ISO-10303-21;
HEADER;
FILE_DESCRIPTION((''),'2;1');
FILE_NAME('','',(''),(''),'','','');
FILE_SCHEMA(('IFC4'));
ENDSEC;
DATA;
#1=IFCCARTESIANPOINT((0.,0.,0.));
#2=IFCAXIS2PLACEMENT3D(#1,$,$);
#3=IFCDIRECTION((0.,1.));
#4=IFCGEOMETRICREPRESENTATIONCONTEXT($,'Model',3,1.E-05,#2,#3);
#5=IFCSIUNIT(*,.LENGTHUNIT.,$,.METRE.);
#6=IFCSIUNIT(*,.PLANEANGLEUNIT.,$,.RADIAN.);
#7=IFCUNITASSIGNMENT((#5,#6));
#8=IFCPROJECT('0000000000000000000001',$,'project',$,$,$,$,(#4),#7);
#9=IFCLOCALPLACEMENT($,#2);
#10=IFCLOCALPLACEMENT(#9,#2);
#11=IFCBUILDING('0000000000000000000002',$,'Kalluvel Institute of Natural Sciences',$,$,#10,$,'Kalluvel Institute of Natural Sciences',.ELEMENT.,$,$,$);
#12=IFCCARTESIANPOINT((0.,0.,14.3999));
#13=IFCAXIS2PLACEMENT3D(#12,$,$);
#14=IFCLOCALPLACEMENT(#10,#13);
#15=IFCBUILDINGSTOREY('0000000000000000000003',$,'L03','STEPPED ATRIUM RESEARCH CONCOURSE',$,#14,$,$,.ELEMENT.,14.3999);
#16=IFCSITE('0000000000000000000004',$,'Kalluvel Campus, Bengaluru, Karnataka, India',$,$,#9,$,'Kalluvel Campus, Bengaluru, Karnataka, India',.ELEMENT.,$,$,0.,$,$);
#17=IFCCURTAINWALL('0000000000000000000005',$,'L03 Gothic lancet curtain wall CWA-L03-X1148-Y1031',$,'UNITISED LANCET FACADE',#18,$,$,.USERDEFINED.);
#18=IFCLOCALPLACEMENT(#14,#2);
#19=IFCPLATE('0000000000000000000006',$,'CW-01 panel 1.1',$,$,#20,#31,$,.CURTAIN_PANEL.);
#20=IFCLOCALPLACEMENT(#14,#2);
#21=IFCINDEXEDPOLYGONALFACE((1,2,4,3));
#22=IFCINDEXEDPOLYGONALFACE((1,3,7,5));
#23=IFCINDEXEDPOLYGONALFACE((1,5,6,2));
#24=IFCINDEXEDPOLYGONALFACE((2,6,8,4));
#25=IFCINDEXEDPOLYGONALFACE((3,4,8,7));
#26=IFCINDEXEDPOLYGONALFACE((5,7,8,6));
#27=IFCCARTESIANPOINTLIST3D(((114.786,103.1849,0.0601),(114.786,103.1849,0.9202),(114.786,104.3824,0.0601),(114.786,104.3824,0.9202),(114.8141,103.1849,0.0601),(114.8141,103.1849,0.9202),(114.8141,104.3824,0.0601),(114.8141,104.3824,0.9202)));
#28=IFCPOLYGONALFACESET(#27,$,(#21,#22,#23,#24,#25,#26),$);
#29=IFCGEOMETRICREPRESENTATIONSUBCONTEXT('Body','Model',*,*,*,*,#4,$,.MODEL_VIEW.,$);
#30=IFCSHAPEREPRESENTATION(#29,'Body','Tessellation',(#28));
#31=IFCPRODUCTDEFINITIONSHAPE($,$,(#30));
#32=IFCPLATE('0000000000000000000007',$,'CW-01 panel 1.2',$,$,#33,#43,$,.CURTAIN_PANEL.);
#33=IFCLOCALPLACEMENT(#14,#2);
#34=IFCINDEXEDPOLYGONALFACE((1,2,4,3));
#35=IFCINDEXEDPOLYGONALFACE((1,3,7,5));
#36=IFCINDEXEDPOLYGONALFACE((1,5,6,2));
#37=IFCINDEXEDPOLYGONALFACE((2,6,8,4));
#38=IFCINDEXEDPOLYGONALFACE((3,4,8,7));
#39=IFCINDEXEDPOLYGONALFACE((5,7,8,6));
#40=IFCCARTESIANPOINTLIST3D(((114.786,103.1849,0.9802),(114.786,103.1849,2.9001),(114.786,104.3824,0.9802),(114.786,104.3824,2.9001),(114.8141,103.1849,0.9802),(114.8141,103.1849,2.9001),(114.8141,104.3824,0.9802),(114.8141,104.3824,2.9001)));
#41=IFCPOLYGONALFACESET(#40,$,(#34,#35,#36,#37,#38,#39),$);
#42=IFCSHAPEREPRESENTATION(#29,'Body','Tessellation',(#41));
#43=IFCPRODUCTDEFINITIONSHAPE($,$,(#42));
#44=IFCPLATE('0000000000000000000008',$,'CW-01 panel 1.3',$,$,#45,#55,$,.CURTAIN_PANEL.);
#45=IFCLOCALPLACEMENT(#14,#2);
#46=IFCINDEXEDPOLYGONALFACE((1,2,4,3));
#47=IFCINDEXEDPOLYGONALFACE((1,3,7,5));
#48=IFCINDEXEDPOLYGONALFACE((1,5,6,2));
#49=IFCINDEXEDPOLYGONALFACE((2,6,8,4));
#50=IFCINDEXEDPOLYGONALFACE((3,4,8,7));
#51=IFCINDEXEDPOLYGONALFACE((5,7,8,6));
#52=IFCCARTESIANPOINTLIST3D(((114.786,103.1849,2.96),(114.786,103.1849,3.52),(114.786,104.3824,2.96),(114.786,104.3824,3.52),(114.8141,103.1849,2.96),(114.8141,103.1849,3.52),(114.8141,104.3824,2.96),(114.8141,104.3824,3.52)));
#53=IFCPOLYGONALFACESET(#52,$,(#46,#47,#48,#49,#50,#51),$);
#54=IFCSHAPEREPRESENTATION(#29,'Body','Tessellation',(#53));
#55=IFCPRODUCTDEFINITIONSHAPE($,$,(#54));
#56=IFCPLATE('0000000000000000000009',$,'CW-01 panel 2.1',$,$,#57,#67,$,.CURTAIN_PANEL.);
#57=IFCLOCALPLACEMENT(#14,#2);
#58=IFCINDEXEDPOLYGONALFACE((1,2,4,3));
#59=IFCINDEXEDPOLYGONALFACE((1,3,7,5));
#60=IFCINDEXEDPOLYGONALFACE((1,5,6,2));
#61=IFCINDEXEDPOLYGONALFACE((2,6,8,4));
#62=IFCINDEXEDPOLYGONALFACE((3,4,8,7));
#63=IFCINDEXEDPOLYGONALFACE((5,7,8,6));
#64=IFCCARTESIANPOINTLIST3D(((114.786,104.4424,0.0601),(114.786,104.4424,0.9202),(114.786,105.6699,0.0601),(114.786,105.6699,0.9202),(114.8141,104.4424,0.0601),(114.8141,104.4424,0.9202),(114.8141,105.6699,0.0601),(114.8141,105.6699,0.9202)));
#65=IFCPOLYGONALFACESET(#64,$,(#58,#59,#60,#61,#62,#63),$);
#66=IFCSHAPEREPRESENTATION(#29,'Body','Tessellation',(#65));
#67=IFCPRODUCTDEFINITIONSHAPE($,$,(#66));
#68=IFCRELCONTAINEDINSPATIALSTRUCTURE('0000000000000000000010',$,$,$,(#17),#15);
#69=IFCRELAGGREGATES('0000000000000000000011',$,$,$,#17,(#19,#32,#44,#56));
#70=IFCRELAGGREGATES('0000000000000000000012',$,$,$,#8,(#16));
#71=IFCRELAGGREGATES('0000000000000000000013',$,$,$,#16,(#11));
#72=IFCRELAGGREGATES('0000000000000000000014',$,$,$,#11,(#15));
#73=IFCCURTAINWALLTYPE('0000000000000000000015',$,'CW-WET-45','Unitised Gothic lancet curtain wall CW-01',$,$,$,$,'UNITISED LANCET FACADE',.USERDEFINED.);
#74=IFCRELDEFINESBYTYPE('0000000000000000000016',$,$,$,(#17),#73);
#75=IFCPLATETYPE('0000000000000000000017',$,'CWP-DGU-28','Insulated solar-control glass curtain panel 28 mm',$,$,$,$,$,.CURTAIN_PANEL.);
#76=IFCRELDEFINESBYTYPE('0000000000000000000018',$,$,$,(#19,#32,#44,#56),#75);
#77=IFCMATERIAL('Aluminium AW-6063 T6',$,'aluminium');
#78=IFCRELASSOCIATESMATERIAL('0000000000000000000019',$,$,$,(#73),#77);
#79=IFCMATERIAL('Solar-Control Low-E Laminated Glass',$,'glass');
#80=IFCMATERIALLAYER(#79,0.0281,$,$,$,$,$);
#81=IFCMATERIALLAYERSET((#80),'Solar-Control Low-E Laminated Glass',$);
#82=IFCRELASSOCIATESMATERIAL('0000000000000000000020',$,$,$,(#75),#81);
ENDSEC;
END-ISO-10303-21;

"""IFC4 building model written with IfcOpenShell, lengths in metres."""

from ifc_helpers import new_model, si_unit, direction, frame, origin, origin_2d, place, context, subcontext, project, spatial, rectangle, extrude, material, layer, layer_set, type_object, element, aggregate, save


model = new_model("IFC4")

# Units and contexts
model_context = context("Model", 3, precision=1e-05, world=origin(), true_north=direction((0.0, 1.0)))
body_context = subcontext(model_context, "Body", "Model", "MODEL_VIEW")
ifc_project = project(units=[si_unit("LENGTHUNIT", "METRE"), si_unit("PLANEANGLEUNIT", "RADIAN")], contexts=[model_context])

# Site, building, storey
site_placement = place(None, origin())
site = spatial("IfcSite", under=ifc_project, at=site_placement, Name="Kalluvel Campus, Bengaluru, Karnataka, India", LongName="Kalluvel Campus, Bengaluru, Karnataka, India", CompositionType="ELEMENT", RefElevation=0.0)
building_placement = place(site_placement, origin())
building = spatial("IfcBuilding", under=site, at=building_placement, Name="Kalluvel Institute of Natural Sciences", LongName="Kalluvel Institute of Natural Sciences", CompositionType="ELEMENT")
storey_placement = place(building_placement, frame((0.0, 0.0, 14.3999)))
storey = spatial("IfcBuildingStorey", under=building, at=storey_placement, Name="L03", Description="STEPPED ATRIUM RESEARCH CONCOURSE", CompositionType="ELEMENT", Elevation=14.3999)

# Curtain wall
ifc_material_1 = material(Name="Aluminium AW-6063 T6", Category="aluminium")
curtain_wall_type = type_object("IfcCurtainWallType", Name="CW-WET-45", Description="Unitised Gothic lancet curtain wall CW-01", ElementType="UNITISED LANCET FACADE", PredefinedType="USERDEFINED", material=ifc_material_1)
curtain_wall_1_placement = place(storey_placement, origin())
curtain_wall_1 = element("IfcCurtainWall", 1, at=curtain_wall_1_placement, inside=storey, type_object=curtain_wall_type, Name="L03 Gothic lancet curtain wall CWA-L03-X1148-Y1031", ObjectType="UNITISED LANCET FACADE", PredefinedType="USERDEFINED")

# Plates
ifc_material_2 = material(Name="Solar-Control Low-E Laminated Glass", Category="glass")
ifc_layer = layer(ifc_material_2, 0.0281)
ifc_layer_set = layer_set([ifc_layer], Name="Solar-Control Low-E Laminated Glass")
plate_type = type_object("IfcPlateType", Name="CWP-DGU-28", Description="Insulated solar-control glass curtain panel 28 mm", PredefinedType="CURTAIN_PANEL", material=ifc_layer_set)
plate_1_placement = place(storey_placement, frame((114.8, 103.7837, 0.0601), z_axis=(0.0, 0.0, 1.0), x_axis=(0.0, 1.0, 0.0)))
plate_1 = element("IfcPlate", 2, at=plate_1_placement, type_object=plate_type, Name="CW-01 panel 1.1", PredefinedType="CURTAIN_PANEL", context=body_context, shape_type="SweptSolid", body=[
    extrude(rectangle(XDim=1.1975, YDim=0.0281, at=origin_2d()), origin(), (0.0, 0.0, 1.0), 0.8601),
])
plate_2_placement = place(storey_placement, frame((114.8, 103.7837, 0.9802), z_axis=(0.0, 0.0, 1.0), x_axis=(0.0, 1.0, 0.0)))
plate_2 = element("IfcPlate", 3, at=plate_2_placement, type_object=plate_type, Name="CW-01 panel 1.2", PredefinedType="CURTAIN_PANEL", context=body_context, shape_type="SweptSolid", body=[
    extrude(rectangle(XDim=1.1975, YDim=0.0281, at=origin_2d()), origin(), (0.0, 0.0, 1.0), 1.9199),
])
plate_3_placement = place(storey_placement, frame((114.8, 103.7837, 2.96), z_axis=(0.0, 0.0, 1.0), x_axis=(0.0, 1.0, 0.0)))
plate_3 = element("IfcPlate", 4, at=plate_3_placement, type_object=plate_type, Name="CW-01 panel 1.3", PredefinedType="CURTAIN_PANEL", context=body_context, shape_type="SweptSolid", body=[
    extrude(rectangle(XDim=1.1975, YDim=0.0281, at=origin_2d()), origin(), (0.0, 0.0, 1.0), 0.5601),
])
plate_4_placement = place(storey_placement, frame((114.8, 105.0562, 0.0601), z_axis=(0.0, 0.0, 1.0), x_axis=(0.0, 1.0, 0.0)))
plate_4 = element("IfcPlate", 5, at=plate_4_placement, type_object=plate_type, Name="CW-01 panel 2.1", PredefinedType="CURTAIN_PANEL", context=body_context, shape_type="SweptSolid", body=[
    extrude(rectangle(XDim=1.2275, YDim=0.0281, at=origin_2d()), origin(), (0.0, 0.0, 1.0), 0.8601),
])
aggregate(curtain_wall_1, [plate_1, plate_2, plate_3, plate_4])

save(model, "model.ifc")
